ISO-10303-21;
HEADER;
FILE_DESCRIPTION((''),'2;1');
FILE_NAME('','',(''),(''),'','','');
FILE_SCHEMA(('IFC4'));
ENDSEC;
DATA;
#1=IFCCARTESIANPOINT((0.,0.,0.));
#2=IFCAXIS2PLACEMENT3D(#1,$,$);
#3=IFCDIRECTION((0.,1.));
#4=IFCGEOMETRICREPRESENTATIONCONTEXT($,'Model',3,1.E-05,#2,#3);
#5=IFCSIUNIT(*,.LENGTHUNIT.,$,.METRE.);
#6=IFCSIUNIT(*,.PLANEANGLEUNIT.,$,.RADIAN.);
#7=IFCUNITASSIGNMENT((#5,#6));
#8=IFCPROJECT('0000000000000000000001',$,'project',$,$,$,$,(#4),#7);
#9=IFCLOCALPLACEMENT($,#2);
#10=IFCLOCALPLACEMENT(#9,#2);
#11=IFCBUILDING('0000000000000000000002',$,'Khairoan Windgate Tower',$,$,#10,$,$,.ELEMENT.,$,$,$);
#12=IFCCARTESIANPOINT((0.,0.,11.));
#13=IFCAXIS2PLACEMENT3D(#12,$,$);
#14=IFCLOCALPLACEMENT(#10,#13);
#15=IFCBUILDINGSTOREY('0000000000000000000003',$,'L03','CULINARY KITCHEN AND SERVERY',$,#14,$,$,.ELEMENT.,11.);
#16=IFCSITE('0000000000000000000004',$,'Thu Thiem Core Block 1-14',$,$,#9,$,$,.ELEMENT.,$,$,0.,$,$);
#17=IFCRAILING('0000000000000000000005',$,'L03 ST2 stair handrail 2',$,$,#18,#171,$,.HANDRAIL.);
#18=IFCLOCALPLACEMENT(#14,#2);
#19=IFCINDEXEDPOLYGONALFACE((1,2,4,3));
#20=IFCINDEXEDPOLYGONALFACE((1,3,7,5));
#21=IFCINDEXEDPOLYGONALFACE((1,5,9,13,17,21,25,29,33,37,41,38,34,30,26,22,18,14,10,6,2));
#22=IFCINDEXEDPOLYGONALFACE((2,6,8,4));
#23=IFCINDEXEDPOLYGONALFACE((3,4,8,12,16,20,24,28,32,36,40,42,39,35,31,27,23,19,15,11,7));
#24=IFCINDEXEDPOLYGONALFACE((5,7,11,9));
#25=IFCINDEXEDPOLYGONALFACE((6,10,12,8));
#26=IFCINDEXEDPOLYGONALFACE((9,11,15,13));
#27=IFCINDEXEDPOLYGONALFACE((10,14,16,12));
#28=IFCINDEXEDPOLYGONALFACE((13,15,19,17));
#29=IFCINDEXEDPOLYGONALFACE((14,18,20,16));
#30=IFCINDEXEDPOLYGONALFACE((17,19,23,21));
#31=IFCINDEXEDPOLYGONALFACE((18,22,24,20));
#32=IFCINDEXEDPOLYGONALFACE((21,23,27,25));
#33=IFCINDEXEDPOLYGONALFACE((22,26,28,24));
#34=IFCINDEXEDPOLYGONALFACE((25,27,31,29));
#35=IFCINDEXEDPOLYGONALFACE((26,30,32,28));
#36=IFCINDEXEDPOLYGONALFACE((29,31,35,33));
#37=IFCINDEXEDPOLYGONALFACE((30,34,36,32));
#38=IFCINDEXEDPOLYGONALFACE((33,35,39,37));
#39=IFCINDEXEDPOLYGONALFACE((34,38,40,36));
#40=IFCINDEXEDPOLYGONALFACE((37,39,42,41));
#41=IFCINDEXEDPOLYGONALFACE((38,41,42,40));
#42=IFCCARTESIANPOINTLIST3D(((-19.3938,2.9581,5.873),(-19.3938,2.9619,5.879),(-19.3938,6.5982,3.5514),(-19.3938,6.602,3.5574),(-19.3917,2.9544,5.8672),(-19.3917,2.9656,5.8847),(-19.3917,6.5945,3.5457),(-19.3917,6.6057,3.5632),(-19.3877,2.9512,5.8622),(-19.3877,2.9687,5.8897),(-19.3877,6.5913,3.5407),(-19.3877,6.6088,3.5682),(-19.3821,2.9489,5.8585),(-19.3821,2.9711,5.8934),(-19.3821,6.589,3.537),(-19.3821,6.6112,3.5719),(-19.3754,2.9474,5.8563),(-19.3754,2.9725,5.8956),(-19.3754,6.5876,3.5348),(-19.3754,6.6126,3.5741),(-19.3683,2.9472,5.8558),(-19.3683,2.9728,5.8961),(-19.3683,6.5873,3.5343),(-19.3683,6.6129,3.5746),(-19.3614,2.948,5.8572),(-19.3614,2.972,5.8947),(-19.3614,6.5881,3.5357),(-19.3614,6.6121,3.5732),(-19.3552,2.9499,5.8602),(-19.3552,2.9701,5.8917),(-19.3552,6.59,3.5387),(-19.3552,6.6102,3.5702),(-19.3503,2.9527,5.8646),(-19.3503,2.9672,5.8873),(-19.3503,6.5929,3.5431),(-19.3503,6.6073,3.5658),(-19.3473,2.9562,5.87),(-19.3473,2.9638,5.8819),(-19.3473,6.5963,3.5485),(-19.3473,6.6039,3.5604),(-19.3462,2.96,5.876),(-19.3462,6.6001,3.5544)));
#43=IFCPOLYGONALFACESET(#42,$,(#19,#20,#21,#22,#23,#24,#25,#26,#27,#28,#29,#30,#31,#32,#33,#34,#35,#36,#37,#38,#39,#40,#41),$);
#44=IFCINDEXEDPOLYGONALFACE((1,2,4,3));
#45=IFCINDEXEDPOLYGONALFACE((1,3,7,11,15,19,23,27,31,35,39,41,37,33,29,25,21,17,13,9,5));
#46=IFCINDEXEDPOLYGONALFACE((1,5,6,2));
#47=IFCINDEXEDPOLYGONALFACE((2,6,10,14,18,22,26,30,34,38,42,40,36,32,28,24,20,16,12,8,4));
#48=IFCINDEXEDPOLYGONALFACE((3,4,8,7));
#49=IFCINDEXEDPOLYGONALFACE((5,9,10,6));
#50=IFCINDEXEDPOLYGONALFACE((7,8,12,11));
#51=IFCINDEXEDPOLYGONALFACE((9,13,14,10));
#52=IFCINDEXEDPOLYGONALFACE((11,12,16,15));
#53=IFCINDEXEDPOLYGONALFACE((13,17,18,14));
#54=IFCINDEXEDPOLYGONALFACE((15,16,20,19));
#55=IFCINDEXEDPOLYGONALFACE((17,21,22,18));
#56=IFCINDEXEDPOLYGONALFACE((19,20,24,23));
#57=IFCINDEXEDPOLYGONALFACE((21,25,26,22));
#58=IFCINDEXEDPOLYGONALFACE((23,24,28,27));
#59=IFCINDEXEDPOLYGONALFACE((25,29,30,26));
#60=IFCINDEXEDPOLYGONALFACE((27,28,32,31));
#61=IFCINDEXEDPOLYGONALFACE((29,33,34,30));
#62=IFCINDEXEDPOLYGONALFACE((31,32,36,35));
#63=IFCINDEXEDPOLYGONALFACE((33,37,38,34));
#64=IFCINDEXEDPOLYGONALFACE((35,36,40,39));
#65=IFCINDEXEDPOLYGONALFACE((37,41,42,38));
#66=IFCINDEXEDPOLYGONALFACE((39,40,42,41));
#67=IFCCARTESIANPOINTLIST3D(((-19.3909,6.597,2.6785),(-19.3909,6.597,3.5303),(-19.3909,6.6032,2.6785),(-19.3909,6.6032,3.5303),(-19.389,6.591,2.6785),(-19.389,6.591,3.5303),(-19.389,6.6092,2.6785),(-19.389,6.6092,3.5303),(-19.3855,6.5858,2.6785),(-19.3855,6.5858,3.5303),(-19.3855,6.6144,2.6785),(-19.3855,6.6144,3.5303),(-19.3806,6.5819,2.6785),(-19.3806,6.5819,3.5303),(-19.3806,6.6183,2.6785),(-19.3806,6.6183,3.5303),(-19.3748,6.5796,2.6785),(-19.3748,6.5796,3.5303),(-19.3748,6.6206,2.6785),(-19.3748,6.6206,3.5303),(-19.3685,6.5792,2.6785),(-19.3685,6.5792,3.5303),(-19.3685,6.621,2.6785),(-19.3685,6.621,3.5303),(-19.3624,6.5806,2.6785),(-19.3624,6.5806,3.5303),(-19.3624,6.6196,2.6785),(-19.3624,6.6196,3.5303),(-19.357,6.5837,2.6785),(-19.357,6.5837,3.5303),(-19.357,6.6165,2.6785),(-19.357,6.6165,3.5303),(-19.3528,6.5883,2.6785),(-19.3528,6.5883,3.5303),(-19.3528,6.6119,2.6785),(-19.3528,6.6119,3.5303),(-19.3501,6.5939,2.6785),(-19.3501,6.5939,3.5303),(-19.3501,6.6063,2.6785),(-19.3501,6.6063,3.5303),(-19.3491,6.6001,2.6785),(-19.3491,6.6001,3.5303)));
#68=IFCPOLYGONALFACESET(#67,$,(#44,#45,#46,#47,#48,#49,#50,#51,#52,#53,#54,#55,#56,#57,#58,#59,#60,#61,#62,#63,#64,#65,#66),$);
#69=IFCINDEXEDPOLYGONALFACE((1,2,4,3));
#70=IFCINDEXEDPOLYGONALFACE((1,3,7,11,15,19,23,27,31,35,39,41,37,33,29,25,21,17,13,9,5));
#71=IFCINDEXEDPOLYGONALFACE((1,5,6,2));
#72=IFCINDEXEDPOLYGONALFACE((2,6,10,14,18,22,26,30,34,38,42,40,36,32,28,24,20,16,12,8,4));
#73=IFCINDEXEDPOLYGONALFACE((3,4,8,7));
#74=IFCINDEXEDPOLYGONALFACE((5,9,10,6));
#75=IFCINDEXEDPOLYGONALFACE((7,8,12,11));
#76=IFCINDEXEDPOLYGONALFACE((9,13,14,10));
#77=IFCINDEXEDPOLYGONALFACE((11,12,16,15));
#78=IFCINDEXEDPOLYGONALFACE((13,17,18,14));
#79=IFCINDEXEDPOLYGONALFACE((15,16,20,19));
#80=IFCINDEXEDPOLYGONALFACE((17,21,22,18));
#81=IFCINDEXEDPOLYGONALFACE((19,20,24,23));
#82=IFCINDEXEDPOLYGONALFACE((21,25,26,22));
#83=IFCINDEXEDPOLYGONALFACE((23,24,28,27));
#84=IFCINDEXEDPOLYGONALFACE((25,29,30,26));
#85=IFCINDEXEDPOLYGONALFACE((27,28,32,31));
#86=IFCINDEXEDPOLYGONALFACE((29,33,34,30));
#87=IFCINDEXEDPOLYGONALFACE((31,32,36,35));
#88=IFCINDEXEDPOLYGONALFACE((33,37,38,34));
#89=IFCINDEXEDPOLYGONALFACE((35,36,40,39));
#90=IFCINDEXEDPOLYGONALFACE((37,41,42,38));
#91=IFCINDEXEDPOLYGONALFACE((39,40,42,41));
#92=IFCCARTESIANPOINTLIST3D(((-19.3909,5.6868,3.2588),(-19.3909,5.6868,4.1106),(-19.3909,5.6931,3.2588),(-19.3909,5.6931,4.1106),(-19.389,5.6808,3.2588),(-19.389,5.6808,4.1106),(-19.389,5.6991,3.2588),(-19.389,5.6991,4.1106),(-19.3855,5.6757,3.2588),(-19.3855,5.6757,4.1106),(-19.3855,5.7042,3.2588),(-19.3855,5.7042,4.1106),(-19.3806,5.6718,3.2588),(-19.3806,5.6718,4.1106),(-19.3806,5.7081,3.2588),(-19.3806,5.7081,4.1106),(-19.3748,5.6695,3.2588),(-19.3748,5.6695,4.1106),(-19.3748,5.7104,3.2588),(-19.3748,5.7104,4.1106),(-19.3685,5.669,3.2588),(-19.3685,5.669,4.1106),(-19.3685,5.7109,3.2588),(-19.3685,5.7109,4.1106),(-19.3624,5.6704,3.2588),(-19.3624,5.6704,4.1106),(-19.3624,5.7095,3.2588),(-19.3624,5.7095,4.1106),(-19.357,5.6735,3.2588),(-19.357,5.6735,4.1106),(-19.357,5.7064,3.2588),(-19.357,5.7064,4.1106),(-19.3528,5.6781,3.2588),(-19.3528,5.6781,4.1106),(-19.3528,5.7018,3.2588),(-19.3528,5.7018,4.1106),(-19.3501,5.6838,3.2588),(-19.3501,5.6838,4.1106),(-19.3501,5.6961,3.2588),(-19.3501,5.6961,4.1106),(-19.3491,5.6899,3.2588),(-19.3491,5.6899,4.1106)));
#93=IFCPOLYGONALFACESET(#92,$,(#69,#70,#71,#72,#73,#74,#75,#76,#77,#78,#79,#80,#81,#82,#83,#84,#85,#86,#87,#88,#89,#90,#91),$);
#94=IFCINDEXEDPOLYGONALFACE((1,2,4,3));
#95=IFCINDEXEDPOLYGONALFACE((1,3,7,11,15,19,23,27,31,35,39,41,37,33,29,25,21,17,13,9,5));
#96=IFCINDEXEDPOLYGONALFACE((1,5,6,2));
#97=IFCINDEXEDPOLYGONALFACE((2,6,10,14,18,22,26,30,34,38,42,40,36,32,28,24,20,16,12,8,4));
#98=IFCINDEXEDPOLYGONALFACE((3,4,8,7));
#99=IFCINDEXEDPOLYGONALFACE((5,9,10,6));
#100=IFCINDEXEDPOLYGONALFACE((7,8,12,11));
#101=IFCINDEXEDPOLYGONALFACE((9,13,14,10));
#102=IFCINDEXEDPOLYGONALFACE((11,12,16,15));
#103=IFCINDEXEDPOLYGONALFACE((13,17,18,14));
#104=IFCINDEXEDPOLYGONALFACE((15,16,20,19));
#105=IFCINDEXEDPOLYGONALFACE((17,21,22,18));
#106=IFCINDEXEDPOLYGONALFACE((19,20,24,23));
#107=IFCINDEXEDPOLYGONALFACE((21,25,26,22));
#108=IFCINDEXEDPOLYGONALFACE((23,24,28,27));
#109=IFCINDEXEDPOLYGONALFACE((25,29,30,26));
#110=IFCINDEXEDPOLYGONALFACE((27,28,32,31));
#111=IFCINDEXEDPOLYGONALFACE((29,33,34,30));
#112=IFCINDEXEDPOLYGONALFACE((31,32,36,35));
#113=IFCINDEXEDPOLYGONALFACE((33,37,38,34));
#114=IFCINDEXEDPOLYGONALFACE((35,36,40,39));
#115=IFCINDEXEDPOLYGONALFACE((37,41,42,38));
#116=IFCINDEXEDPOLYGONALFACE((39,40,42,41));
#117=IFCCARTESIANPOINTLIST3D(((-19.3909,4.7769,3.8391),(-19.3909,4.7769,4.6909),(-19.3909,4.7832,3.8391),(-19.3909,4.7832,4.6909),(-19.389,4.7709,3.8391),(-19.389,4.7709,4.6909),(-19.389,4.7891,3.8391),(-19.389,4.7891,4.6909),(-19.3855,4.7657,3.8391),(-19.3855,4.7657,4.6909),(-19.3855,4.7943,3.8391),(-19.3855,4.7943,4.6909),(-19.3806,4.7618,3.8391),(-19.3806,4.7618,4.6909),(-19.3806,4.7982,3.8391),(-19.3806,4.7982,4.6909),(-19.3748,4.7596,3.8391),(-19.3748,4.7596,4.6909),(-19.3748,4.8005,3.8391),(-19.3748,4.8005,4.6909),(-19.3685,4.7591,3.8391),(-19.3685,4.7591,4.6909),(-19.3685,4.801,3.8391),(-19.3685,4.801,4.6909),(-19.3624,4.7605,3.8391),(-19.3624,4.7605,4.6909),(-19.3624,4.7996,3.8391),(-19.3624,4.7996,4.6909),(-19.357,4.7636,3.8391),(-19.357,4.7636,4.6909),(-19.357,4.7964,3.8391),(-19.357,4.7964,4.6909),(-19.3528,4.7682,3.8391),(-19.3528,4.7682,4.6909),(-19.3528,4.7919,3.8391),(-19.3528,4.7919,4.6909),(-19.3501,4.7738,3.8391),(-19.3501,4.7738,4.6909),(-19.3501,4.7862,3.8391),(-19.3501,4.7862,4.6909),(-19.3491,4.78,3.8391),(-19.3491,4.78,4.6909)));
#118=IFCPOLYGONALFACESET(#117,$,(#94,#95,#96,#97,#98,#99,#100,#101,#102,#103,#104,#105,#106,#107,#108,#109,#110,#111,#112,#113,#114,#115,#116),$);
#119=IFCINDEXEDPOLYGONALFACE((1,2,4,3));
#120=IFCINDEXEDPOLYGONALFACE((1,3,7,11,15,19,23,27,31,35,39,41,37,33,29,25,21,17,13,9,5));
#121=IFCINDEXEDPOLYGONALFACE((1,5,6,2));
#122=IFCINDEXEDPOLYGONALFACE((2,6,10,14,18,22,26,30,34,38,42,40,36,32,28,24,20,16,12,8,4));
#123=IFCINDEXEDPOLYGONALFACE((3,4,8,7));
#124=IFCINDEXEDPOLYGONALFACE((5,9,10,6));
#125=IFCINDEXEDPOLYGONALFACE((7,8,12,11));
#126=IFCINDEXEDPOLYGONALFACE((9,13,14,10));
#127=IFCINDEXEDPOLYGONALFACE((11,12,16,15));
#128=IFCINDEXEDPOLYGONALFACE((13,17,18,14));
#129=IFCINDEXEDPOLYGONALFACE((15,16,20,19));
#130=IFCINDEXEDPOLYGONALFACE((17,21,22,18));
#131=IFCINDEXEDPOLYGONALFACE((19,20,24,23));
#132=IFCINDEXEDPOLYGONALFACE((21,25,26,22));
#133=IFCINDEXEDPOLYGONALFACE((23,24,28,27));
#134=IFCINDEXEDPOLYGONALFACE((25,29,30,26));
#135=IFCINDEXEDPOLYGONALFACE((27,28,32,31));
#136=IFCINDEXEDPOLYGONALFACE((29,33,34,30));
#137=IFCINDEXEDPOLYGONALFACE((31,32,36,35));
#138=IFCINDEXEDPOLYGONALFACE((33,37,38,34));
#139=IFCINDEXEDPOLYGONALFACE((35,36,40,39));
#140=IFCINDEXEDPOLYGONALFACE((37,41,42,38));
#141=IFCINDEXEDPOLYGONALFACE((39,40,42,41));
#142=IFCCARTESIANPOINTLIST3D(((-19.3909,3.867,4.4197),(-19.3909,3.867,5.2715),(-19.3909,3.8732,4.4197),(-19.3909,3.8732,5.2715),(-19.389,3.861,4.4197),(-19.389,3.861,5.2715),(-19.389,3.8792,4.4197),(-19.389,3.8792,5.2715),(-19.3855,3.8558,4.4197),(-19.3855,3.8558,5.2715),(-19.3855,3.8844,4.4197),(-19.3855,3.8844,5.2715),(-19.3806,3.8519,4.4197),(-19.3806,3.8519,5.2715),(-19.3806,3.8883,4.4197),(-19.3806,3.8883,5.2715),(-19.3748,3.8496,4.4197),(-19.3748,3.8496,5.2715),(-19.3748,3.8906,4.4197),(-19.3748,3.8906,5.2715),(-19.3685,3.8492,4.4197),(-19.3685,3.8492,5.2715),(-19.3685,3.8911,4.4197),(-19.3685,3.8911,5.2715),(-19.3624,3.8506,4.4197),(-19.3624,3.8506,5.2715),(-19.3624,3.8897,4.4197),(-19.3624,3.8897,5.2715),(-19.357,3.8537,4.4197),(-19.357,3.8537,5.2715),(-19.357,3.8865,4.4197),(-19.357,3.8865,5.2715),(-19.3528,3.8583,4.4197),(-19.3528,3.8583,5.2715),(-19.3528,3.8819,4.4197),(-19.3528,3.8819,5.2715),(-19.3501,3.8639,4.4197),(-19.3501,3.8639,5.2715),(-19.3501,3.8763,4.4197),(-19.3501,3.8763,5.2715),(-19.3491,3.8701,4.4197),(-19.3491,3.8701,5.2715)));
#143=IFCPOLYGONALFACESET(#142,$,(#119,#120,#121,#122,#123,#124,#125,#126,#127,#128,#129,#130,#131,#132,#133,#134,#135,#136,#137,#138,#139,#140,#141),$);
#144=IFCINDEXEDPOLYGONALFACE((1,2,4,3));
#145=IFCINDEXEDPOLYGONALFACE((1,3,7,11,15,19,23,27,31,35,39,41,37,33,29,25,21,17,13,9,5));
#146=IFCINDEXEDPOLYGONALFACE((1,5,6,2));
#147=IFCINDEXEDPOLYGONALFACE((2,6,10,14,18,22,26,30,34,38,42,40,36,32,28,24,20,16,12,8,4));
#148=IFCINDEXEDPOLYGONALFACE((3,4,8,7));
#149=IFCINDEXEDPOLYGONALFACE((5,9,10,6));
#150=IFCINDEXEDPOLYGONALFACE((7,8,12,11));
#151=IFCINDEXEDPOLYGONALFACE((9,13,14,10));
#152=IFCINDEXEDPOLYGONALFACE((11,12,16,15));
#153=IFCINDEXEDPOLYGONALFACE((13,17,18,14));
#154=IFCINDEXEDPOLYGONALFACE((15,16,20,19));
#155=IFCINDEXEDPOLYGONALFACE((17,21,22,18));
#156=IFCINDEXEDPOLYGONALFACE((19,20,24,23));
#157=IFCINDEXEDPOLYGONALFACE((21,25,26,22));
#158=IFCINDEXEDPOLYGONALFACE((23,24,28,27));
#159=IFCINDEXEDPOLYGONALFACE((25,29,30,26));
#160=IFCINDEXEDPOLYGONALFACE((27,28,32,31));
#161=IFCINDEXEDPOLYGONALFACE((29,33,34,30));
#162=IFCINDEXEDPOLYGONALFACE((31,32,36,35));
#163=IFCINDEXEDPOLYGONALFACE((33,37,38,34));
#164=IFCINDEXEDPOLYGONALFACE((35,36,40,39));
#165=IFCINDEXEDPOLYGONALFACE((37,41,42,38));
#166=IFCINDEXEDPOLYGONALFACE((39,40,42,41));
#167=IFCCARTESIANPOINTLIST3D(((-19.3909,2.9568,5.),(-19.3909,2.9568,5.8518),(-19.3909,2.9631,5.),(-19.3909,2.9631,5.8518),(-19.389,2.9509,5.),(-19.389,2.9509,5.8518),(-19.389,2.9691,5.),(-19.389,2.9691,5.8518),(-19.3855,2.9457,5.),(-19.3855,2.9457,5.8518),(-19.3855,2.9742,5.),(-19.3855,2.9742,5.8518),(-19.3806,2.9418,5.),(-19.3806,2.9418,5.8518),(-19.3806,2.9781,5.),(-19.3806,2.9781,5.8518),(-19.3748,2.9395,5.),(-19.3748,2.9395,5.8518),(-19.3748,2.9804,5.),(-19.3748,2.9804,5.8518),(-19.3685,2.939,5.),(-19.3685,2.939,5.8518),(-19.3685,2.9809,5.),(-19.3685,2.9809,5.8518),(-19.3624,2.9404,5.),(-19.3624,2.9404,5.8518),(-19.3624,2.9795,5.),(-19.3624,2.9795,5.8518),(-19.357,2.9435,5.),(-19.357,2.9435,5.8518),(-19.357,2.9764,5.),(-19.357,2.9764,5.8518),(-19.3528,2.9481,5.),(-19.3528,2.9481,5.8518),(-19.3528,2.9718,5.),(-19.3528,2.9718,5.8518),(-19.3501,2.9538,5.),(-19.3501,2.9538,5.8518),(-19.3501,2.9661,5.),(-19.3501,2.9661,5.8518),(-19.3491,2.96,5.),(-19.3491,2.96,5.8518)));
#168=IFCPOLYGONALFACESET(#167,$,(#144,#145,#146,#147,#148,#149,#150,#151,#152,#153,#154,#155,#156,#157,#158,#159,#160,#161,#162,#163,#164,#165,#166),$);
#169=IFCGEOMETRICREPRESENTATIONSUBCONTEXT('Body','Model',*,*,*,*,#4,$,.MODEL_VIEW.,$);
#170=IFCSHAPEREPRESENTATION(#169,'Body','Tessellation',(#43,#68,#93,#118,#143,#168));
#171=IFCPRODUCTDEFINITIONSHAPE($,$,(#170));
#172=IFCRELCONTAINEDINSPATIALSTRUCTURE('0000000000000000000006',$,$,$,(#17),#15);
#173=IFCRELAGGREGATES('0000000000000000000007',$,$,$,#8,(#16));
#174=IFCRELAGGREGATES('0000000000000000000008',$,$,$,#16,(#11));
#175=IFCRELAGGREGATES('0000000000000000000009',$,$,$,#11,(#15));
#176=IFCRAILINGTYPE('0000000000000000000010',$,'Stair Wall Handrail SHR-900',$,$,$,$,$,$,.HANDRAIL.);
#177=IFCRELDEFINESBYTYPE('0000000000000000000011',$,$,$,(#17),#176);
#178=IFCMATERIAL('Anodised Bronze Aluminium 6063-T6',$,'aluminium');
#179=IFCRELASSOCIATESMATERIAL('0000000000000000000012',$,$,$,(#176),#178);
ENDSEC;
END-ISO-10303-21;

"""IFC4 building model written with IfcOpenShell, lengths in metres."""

from ifc_helpers import new_model, si_unit, direction, frame, origin, origin_2d, place, context, subcontext, project, spatial, circle, extrude, material, type_object, element, save


model = new_model("IFC4")

# Units and contexts
model_context = context("Model", 3, precision=1e-05, world=origin(), true_north=direction((0.0, 1.0)))
body_context = subcontext(model_context, "Body", "Model", "MODEL_VIEW")
ifc_project = project(units=[si_unit("LENGTHUNIT", "METRE"), si_unit("PLANEANGLEUNIT", "RADIAN")], contexts=[model_context])

# Site, building, storey
site_placement = place(None, origin())
site = spatial("IfcSite", under=ifc_project, at=site_placement, Name="Thu Thiem Core Block 1-14", CompositionType="ELEMENT", RefElevation=0.0)
building_placement = place(site_placement, origin())
building = spatial("IfcBuilding", under=site, at=building_placement, Name="Khairoan Windgate Tower", CompositionType="ELEMENT")
storey_placement = place(building_placement, frame((0.0, 0.0, 11.0)))
storey = spatial("IfcBuildingStorey", under=building, at=storey_placement, Name="L03", Description="CULINARY KITCHEN AND SERVERY", CompositionType="ELEMENT", Elevation=11.0)

# Railing
ifc_material_1 = material(Name="Anodised Bronze Aluminium 6063-T6", Category="aluminium")
railing_type_1 = type_object("IfcRailingType", Name="Stair Wall Handrail SHR-900", PredefinedType="HANDRAIL", material=ifc_material_1)
railing_1_placement = place(storey_placement, frame((-19.3701, 6.6001, 2.6785)))
element("IfcRailing", 1, at=railing_1_placement, inside=storey, type_object=railing_type_1, Name="L03 ST2 stair handrail 2", PredefinedType="HANDRAIL", context=body_context, shape_type="SweptSolid", body=[
    extrude(circle(Radius=0.0239, at=origin_2d()), frame((0.0, 0.0, 0.876), z_axis=(0.0, -0.843128, 0.537713), x_axis=(1.0, 0.0, 0.0)), (0.0, 0.0, 1.0), 4.3174),
    extrude(circle(Radius=0.021, at=origin_2d()), origin(), (0.0, 0.0, 1.0), 0.8518),
    extrude(circle(Radius=0.021, at=origin_2d()), frame((0.0, -0.9102, 0.5803)), (0.0, 0.0, 1.0), 0.8518),
    extrude(circle(Radius=0.021, at=origin_2d()), frame((0.0, -1.8201, 1.1606)), (0.0, 0.0, 1.0), 0.8518),
    extrude(circle(Radius=0.021, at=origin_2d()), frame((0.0, -2.73, 1.7412)), (0.0, 0.0, 1.0), 0.8518),
    extrude(circle(Radius=0.021, at=origin_2d()), frame((0.0, -3.6401, 2.3215)), (0.0, 0.0, 1.0), 0.8518),
])

save(model, "model.ifc")
